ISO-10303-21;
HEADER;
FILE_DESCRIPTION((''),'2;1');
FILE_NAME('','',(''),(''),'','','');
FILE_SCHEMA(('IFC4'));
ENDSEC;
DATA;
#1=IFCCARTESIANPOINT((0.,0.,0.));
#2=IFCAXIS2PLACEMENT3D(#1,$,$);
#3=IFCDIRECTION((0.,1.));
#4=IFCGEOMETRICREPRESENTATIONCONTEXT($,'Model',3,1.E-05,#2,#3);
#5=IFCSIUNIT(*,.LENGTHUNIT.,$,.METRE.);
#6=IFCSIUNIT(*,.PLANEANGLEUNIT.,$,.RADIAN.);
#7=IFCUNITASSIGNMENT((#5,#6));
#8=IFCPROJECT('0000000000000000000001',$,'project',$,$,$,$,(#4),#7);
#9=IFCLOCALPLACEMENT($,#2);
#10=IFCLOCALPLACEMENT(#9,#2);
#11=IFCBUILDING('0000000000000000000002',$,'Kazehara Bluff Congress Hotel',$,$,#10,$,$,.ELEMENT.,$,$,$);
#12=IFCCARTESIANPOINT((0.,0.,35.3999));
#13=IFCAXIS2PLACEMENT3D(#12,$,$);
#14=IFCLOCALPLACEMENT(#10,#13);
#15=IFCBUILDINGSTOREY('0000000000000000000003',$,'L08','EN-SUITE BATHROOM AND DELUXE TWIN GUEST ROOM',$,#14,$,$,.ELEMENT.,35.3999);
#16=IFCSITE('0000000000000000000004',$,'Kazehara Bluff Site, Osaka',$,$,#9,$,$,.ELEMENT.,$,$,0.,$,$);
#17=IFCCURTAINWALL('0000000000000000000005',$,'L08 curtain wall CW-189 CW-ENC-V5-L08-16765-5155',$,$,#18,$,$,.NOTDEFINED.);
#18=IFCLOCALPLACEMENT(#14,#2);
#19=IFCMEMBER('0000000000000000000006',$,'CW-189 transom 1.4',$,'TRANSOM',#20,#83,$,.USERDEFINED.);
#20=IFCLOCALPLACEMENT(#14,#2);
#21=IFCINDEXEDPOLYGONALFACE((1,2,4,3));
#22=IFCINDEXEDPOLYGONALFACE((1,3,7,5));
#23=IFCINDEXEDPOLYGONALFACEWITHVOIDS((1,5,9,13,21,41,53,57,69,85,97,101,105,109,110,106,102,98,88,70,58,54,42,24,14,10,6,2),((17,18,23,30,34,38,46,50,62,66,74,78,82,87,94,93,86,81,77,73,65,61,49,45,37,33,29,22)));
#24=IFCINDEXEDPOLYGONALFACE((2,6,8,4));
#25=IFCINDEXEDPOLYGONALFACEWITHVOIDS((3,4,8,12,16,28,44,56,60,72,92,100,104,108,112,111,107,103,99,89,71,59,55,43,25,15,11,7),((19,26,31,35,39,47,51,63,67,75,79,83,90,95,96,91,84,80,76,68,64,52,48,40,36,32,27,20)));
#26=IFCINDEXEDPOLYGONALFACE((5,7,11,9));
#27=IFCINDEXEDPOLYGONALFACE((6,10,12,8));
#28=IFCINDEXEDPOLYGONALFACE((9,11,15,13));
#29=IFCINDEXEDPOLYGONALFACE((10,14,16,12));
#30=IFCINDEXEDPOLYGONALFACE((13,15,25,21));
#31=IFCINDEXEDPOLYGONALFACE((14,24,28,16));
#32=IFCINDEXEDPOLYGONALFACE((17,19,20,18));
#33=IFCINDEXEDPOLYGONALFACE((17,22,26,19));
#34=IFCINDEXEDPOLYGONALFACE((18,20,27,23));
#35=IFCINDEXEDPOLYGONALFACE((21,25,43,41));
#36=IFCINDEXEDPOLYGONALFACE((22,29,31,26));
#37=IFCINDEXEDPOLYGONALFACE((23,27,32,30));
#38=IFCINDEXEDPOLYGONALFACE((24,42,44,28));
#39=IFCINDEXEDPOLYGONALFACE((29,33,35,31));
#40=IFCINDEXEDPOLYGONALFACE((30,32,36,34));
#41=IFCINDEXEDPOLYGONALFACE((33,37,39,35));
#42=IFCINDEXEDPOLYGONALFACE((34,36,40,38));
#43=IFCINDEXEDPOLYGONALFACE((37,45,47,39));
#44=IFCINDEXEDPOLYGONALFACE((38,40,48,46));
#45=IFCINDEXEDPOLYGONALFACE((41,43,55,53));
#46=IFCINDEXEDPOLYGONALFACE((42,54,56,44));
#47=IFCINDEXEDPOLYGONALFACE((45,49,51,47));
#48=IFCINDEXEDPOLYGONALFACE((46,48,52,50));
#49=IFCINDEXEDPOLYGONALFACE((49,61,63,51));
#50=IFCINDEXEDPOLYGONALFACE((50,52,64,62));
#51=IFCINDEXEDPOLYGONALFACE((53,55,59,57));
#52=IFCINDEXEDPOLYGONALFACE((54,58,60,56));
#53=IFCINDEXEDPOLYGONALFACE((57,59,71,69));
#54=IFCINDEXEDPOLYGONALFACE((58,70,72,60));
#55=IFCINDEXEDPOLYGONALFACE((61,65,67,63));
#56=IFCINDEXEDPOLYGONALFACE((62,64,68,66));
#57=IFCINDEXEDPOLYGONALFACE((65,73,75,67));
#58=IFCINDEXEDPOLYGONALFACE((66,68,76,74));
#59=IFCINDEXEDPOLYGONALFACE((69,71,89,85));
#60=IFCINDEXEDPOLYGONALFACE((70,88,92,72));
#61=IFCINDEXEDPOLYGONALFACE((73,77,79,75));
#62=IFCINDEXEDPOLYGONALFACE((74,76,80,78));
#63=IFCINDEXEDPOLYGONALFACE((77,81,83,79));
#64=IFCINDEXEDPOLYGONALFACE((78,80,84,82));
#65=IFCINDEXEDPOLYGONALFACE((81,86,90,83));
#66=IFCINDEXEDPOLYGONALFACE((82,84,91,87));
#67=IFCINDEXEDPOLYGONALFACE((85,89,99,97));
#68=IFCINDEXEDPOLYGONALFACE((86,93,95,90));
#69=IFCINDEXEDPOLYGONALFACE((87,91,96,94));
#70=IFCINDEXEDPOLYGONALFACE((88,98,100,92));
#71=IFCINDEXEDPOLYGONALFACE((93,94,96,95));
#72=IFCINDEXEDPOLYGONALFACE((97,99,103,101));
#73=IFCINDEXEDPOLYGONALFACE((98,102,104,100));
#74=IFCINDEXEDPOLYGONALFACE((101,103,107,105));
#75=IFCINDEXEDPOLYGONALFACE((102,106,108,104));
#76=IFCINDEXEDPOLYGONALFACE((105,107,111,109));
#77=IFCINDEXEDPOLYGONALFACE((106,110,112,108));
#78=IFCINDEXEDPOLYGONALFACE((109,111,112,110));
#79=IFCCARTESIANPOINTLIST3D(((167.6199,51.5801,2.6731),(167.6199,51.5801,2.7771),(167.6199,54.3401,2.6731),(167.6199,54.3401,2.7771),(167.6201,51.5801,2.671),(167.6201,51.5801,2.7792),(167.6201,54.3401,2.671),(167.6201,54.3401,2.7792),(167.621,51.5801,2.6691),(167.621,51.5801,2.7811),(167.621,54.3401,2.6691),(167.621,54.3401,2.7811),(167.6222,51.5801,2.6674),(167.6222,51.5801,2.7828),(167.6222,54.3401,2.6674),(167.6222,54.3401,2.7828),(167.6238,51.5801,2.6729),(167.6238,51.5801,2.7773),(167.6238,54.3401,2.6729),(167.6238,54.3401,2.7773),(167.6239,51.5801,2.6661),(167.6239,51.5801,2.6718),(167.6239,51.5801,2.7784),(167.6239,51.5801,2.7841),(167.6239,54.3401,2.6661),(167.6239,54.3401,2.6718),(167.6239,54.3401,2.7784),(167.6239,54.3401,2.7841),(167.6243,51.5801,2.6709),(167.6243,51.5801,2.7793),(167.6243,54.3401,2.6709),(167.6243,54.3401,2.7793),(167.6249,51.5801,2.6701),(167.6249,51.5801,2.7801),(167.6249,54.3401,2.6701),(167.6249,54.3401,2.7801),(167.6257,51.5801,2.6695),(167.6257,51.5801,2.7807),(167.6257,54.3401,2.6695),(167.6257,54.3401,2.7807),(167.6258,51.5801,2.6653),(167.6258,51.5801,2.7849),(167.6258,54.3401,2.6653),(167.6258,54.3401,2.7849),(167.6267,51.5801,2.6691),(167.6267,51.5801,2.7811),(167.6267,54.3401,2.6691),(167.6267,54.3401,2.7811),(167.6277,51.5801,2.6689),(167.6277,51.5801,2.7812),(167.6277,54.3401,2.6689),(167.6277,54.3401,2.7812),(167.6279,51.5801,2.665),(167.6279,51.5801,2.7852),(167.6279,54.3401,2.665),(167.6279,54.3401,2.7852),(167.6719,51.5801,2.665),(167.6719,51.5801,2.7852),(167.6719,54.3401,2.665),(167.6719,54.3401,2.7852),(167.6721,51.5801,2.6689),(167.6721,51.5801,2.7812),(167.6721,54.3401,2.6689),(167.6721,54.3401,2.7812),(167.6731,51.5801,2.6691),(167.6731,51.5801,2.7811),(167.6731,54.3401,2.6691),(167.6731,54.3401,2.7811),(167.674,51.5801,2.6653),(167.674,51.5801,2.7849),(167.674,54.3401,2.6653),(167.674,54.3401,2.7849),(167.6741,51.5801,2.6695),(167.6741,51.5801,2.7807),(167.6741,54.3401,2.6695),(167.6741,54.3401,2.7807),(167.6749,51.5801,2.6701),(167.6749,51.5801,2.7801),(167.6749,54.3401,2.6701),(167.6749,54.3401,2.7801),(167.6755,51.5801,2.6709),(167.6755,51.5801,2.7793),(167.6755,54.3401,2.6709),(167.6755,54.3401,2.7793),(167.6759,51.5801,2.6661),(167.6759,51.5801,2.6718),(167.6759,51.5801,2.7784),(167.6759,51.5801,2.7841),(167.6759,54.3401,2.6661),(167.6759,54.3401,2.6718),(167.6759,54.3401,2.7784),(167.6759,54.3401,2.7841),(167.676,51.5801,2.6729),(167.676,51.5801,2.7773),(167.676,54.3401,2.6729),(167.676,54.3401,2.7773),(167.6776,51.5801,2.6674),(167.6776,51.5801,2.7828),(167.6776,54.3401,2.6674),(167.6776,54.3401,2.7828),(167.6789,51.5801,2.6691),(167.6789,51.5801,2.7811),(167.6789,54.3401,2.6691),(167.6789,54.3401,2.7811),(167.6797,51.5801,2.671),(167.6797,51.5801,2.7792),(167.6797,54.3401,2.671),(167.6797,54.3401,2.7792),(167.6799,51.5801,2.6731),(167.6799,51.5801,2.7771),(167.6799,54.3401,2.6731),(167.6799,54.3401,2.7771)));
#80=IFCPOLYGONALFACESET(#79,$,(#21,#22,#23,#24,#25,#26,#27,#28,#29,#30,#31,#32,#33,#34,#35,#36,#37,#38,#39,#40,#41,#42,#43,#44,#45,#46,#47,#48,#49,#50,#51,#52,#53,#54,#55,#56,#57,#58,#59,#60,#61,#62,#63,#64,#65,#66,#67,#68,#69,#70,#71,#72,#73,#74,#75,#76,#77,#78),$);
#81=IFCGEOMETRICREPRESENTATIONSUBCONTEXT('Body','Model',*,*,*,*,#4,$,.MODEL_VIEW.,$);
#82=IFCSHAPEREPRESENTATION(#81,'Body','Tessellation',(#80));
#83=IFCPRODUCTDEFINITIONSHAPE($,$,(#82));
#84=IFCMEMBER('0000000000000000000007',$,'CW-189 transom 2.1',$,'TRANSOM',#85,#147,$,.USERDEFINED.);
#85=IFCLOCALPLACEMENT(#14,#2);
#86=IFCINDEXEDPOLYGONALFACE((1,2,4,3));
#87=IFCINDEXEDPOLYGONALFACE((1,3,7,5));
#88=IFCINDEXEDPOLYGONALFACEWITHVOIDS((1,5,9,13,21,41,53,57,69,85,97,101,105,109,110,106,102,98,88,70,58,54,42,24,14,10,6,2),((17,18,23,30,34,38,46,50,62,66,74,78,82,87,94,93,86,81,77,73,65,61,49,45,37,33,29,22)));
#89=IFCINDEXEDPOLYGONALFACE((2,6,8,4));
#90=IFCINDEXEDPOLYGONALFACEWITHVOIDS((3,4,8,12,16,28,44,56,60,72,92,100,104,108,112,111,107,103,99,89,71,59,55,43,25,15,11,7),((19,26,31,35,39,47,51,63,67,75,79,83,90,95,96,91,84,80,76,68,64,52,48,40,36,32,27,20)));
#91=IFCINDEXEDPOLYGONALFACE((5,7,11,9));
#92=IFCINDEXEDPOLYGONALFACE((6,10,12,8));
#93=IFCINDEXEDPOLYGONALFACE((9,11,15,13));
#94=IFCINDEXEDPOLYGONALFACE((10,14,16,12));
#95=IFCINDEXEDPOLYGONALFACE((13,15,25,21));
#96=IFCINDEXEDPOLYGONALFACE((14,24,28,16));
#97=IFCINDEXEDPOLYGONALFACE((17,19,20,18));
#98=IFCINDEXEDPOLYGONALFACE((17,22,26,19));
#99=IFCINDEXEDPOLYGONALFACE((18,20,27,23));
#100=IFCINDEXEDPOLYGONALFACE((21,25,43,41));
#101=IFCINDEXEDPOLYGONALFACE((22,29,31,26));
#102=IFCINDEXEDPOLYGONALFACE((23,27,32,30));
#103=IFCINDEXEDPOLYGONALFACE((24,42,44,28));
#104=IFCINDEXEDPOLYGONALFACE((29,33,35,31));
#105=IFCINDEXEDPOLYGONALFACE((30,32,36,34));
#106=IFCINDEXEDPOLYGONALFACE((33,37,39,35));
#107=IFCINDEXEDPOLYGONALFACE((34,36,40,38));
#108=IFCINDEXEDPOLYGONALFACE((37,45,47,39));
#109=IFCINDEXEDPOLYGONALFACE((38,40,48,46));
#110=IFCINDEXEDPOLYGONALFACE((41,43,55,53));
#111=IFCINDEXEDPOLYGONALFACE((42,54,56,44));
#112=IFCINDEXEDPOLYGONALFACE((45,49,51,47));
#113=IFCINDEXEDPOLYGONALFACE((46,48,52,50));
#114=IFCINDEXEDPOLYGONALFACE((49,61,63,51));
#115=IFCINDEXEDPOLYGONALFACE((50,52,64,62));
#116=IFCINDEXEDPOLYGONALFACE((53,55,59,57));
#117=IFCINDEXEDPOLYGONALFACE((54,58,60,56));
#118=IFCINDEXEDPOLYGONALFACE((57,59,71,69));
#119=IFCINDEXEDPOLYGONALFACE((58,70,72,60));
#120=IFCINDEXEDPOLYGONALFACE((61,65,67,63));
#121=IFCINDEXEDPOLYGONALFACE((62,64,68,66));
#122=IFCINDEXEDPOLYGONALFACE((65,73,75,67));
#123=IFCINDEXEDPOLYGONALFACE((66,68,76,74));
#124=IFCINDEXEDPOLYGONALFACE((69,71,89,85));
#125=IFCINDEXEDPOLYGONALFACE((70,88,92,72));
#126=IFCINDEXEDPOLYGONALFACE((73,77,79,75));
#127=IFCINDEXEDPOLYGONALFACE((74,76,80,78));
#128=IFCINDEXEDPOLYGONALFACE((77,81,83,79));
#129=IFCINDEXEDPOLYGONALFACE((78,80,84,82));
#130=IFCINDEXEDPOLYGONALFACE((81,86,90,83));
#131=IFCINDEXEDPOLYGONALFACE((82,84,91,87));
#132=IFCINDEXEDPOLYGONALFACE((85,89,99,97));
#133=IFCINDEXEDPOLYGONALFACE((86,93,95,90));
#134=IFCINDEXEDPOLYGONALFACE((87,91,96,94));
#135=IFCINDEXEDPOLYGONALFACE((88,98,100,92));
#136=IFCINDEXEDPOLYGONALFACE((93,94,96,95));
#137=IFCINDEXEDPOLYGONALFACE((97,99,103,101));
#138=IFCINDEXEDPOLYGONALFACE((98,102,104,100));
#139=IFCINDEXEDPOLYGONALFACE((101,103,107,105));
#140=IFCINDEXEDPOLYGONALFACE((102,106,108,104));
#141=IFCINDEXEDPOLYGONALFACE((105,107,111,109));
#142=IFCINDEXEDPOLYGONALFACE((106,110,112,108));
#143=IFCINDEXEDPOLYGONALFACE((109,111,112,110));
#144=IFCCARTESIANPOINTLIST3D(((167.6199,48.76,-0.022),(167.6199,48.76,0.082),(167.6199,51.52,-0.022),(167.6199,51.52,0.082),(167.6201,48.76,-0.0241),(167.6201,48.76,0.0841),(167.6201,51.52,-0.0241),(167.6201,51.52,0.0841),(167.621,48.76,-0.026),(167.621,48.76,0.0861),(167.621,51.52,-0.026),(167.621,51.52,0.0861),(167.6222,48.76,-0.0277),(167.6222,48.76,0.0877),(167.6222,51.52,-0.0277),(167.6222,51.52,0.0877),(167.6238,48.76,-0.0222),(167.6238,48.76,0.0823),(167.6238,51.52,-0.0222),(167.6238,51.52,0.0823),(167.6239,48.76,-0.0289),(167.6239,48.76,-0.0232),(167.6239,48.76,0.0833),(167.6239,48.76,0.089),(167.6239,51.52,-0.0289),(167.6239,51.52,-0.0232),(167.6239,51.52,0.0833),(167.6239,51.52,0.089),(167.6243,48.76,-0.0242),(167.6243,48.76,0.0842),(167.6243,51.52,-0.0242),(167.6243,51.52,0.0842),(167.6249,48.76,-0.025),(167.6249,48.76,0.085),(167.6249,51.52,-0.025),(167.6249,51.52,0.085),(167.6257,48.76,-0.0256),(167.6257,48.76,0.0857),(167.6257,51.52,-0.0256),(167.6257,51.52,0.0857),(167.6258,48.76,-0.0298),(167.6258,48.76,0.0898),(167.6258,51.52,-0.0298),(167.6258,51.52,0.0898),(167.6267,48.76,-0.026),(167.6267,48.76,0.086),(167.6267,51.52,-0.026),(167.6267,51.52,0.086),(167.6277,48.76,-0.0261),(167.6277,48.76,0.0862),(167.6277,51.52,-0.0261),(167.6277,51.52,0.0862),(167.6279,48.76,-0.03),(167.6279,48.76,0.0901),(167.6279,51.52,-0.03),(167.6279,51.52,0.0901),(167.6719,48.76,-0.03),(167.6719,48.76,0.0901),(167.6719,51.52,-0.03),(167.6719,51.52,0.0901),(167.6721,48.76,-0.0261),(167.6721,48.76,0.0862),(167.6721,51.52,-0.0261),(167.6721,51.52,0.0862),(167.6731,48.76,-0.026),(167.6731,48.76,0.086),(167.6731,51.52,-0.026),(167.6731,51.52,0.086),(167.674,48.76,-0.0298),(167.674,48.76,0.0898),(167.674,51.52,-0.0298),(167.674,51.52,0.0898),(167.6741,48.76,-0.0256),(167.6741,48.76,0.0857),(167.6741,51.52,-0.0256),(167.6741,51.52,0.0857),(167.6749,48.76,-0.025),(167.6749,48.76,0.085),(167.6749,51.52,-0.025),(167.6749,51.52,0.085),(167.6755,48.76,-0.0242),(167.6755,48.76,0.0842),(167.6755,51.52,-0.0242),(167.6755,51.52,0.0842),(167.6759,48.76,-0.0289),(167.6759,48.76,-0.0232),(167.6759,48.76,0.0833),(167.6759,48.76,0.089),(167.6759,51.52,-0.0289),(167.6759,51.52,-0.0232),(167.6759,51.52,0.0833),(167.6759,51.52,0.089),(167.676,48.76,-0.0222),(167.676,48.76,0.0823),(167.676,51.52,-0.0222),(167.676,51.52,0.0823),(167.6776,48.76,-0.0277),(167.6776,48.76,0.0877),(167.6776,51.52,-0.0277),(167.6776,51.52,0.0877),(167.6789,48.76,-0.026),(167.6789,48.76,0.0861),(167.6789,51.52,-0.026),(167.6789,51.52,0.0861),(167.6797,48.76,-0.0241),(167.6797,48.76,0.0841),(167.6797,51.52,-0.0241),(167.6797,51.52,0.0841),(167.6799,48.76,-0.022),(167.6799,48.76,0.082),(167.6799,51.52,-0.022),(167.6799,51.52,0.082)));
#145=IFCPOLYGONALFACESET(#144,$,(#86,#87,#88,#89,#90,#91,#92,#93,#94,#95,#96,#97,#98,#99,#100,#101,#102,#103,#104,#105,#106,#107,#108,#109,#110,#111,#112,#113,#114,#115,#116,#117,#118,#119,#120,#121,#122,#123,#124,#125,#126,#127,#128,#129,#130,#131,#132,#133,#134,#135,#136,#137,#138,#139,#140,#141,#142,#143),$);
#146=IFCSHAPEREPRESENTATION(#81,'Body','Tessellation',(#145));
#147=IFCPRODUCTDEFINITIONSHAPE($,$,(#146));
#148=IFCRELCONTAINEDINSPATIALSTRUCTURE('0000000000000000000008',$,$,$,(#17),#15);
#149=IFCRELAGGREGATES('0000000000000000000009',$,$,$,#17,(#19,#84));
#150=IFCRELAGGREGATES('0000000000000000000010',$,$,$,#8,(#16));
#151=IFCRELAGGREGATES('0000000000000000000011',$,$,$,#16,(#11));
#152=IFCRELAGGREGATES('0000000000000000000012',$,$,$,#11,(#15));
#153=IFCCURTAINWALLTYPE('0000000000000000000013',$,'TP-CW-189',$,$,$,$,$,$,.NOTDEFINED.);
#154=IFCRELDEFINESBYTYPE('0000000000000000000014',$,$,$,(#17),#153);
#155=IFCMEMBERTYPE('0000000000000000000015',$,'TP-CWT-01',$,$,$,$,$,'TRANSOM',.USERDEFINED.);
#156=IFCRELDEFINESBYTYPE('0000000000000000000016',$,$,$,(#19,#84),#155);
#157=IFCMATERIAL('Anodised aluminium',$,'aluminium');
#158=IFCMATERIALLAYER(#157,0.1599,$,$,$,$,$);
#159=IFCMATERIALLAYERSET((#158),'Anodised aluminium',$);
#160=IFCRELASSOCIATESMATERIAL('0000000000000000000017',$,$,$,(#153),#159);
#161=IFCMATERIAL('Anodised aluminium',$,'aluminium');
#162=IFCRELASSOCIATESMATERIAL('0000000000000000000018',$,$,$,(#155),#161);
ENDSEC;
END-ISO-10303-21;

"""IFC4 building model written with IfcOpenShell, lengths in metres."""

from ifc_helpers import new_model, si_unit, direction, frame, origin, origin_2d, place, context, subcontext, project, spatial, hollow_rectangle, extrude, material, layer, layer_set, material_profile, profile_set, type_object, element, aggregate, save


model = new_model("IFC4")

# Units and contexts
model_context = context("Model", 3, precision=1e-05, world=origin(), true_north=direction((0.0, 1.0)))
body_context = subcontext(model_context, "Body", "Model", "MODEL_VIEW")
ifc_project = project(units=[si_unit("LENGTHUNIT", "METRE"), si_unit("PLANEANGLEUNIT", "RADIAN")], contexts=[model_context])

# Site, building, storey
site_placement = place(None, origin())
site = spatial("IfcSite", under=ifc_project, at=site_placement, Name="Kazehara Bluff Site, Osaka", CompositionType="ELEMENT", RefElevation=0.0)
building_placement = place(site_placement, origin())
building = spatial("IfcBuilding", under=site, at=building_placement, Name="Kazehara Bluff Congress Hotel", CompositionType="ELEMENT")
storey_placement = place(building_placement, frame((0.0, 0.0, 35.3999)))
storey = spatial("IfcBuildingStorey", under=building, at=storey_placement, Name="L08", Description="EN-SUITE BATHROOM AND DELUXE TWIN GUEST ROOM", CompositionType="ELEMENT", Elevation=35.3999)

# Curtain wall, members
ifc_material_1 = material(Name="Anodised aluminium", Category="aluminium")
ifc_layer_1 = layer(ifc_material_1, 0.1599)
ifc_layer_set_1 = layer_set([ifc_layer_1], Name="Anodised aluminium")
curtain_wall_type = type_object("IfcCurtainWallType", Name="TP-CW-189", PredefinedType="NOTDEFINED", material=ifc_layer_set_1)
curtain_wall_placement = place(storey_placement, origin())
curtain_wall = element("IfcCurtainWall", 1, at=curtain_wall_placement, inside=storey, type_object=curtain_wall_type, Name="L08 curtain wall CW-189 CW-ENC-V5-L08-16765-5155", PredefinedType="NOTDEFINED")
ifc_material_2 = material(Name="Anodised aluminium", Category="aluminium")
ifc_material_profile_1 = material_profile(ifc_material_2, hollow_rectangle(XDim=0.0601, YDim=0.1201, WallThickness=0.0039, InnerFilletRadius=0.0039, OuterFilletRadius=0.0081, at=origin_2d()))
ifc_profile_set_1 = profile_set([ifc_material_profile_1], Name="Anodised aluminium")
member_type_1 = type_object("IfcMemberType", Name="TP-CWT-01", ElementType="TRANSOM", PredefinedType="USERDEFINED", material=ifc_profile_set_1)
member_1_placement = place(storey_placement, frame((167.6499, 54.3401, 2.7251), z_axis=(0.0, -1.0, 0.0), x_axis=(1.0, 0.0, 0.0)))
member_1 = element("IfcMember", 2, at=member_1_placement, type_object=member_type_1, Name="CW-189 transom 1.4", ObjectType="TRANSOM", PredefinedType="USERDEFINED", context=body_context, shape_type="SweptSolid", body=[
    extrude(hollow_rectangle(XDim=0.0601, YDim=0.1201, WallThickness=0.0039, InnerFilletRadius=0.0039, OuterFilletRadius=0.0081, at=origin_2d()), origin(), (0.0, 0.0, 1.0), 2.76),
])
member_2_placement = place(storey_placement, frame((167.6499, 51.52, 0.03), z_axis=(0.0, -1.0, 0.0), x_axis=(1.0, 0.0, 0.0)))
member_2 = element("IfcMember", 3, at=member_2_placement, type_object=member_type_1, Name="CW-189 transom 2.1", ObjectType="TRANSOM", PredefinedType="USERDEFINED", context=body_context, shape_type="SweptSolid", body=[
    extrude(hollow_rectangle(XDim=0.0601, YDim=0.1201, WallThickness=0.0039, InnerFilletRadius=0.0039, OuterFilletRadius=0.0081, at=origin_2d()), origin(), (0.0, 0.0, 1.0), 2.76),
])
aggregate(curtain_wall, [member_1, member_2])

save(model, "model.ifc")
